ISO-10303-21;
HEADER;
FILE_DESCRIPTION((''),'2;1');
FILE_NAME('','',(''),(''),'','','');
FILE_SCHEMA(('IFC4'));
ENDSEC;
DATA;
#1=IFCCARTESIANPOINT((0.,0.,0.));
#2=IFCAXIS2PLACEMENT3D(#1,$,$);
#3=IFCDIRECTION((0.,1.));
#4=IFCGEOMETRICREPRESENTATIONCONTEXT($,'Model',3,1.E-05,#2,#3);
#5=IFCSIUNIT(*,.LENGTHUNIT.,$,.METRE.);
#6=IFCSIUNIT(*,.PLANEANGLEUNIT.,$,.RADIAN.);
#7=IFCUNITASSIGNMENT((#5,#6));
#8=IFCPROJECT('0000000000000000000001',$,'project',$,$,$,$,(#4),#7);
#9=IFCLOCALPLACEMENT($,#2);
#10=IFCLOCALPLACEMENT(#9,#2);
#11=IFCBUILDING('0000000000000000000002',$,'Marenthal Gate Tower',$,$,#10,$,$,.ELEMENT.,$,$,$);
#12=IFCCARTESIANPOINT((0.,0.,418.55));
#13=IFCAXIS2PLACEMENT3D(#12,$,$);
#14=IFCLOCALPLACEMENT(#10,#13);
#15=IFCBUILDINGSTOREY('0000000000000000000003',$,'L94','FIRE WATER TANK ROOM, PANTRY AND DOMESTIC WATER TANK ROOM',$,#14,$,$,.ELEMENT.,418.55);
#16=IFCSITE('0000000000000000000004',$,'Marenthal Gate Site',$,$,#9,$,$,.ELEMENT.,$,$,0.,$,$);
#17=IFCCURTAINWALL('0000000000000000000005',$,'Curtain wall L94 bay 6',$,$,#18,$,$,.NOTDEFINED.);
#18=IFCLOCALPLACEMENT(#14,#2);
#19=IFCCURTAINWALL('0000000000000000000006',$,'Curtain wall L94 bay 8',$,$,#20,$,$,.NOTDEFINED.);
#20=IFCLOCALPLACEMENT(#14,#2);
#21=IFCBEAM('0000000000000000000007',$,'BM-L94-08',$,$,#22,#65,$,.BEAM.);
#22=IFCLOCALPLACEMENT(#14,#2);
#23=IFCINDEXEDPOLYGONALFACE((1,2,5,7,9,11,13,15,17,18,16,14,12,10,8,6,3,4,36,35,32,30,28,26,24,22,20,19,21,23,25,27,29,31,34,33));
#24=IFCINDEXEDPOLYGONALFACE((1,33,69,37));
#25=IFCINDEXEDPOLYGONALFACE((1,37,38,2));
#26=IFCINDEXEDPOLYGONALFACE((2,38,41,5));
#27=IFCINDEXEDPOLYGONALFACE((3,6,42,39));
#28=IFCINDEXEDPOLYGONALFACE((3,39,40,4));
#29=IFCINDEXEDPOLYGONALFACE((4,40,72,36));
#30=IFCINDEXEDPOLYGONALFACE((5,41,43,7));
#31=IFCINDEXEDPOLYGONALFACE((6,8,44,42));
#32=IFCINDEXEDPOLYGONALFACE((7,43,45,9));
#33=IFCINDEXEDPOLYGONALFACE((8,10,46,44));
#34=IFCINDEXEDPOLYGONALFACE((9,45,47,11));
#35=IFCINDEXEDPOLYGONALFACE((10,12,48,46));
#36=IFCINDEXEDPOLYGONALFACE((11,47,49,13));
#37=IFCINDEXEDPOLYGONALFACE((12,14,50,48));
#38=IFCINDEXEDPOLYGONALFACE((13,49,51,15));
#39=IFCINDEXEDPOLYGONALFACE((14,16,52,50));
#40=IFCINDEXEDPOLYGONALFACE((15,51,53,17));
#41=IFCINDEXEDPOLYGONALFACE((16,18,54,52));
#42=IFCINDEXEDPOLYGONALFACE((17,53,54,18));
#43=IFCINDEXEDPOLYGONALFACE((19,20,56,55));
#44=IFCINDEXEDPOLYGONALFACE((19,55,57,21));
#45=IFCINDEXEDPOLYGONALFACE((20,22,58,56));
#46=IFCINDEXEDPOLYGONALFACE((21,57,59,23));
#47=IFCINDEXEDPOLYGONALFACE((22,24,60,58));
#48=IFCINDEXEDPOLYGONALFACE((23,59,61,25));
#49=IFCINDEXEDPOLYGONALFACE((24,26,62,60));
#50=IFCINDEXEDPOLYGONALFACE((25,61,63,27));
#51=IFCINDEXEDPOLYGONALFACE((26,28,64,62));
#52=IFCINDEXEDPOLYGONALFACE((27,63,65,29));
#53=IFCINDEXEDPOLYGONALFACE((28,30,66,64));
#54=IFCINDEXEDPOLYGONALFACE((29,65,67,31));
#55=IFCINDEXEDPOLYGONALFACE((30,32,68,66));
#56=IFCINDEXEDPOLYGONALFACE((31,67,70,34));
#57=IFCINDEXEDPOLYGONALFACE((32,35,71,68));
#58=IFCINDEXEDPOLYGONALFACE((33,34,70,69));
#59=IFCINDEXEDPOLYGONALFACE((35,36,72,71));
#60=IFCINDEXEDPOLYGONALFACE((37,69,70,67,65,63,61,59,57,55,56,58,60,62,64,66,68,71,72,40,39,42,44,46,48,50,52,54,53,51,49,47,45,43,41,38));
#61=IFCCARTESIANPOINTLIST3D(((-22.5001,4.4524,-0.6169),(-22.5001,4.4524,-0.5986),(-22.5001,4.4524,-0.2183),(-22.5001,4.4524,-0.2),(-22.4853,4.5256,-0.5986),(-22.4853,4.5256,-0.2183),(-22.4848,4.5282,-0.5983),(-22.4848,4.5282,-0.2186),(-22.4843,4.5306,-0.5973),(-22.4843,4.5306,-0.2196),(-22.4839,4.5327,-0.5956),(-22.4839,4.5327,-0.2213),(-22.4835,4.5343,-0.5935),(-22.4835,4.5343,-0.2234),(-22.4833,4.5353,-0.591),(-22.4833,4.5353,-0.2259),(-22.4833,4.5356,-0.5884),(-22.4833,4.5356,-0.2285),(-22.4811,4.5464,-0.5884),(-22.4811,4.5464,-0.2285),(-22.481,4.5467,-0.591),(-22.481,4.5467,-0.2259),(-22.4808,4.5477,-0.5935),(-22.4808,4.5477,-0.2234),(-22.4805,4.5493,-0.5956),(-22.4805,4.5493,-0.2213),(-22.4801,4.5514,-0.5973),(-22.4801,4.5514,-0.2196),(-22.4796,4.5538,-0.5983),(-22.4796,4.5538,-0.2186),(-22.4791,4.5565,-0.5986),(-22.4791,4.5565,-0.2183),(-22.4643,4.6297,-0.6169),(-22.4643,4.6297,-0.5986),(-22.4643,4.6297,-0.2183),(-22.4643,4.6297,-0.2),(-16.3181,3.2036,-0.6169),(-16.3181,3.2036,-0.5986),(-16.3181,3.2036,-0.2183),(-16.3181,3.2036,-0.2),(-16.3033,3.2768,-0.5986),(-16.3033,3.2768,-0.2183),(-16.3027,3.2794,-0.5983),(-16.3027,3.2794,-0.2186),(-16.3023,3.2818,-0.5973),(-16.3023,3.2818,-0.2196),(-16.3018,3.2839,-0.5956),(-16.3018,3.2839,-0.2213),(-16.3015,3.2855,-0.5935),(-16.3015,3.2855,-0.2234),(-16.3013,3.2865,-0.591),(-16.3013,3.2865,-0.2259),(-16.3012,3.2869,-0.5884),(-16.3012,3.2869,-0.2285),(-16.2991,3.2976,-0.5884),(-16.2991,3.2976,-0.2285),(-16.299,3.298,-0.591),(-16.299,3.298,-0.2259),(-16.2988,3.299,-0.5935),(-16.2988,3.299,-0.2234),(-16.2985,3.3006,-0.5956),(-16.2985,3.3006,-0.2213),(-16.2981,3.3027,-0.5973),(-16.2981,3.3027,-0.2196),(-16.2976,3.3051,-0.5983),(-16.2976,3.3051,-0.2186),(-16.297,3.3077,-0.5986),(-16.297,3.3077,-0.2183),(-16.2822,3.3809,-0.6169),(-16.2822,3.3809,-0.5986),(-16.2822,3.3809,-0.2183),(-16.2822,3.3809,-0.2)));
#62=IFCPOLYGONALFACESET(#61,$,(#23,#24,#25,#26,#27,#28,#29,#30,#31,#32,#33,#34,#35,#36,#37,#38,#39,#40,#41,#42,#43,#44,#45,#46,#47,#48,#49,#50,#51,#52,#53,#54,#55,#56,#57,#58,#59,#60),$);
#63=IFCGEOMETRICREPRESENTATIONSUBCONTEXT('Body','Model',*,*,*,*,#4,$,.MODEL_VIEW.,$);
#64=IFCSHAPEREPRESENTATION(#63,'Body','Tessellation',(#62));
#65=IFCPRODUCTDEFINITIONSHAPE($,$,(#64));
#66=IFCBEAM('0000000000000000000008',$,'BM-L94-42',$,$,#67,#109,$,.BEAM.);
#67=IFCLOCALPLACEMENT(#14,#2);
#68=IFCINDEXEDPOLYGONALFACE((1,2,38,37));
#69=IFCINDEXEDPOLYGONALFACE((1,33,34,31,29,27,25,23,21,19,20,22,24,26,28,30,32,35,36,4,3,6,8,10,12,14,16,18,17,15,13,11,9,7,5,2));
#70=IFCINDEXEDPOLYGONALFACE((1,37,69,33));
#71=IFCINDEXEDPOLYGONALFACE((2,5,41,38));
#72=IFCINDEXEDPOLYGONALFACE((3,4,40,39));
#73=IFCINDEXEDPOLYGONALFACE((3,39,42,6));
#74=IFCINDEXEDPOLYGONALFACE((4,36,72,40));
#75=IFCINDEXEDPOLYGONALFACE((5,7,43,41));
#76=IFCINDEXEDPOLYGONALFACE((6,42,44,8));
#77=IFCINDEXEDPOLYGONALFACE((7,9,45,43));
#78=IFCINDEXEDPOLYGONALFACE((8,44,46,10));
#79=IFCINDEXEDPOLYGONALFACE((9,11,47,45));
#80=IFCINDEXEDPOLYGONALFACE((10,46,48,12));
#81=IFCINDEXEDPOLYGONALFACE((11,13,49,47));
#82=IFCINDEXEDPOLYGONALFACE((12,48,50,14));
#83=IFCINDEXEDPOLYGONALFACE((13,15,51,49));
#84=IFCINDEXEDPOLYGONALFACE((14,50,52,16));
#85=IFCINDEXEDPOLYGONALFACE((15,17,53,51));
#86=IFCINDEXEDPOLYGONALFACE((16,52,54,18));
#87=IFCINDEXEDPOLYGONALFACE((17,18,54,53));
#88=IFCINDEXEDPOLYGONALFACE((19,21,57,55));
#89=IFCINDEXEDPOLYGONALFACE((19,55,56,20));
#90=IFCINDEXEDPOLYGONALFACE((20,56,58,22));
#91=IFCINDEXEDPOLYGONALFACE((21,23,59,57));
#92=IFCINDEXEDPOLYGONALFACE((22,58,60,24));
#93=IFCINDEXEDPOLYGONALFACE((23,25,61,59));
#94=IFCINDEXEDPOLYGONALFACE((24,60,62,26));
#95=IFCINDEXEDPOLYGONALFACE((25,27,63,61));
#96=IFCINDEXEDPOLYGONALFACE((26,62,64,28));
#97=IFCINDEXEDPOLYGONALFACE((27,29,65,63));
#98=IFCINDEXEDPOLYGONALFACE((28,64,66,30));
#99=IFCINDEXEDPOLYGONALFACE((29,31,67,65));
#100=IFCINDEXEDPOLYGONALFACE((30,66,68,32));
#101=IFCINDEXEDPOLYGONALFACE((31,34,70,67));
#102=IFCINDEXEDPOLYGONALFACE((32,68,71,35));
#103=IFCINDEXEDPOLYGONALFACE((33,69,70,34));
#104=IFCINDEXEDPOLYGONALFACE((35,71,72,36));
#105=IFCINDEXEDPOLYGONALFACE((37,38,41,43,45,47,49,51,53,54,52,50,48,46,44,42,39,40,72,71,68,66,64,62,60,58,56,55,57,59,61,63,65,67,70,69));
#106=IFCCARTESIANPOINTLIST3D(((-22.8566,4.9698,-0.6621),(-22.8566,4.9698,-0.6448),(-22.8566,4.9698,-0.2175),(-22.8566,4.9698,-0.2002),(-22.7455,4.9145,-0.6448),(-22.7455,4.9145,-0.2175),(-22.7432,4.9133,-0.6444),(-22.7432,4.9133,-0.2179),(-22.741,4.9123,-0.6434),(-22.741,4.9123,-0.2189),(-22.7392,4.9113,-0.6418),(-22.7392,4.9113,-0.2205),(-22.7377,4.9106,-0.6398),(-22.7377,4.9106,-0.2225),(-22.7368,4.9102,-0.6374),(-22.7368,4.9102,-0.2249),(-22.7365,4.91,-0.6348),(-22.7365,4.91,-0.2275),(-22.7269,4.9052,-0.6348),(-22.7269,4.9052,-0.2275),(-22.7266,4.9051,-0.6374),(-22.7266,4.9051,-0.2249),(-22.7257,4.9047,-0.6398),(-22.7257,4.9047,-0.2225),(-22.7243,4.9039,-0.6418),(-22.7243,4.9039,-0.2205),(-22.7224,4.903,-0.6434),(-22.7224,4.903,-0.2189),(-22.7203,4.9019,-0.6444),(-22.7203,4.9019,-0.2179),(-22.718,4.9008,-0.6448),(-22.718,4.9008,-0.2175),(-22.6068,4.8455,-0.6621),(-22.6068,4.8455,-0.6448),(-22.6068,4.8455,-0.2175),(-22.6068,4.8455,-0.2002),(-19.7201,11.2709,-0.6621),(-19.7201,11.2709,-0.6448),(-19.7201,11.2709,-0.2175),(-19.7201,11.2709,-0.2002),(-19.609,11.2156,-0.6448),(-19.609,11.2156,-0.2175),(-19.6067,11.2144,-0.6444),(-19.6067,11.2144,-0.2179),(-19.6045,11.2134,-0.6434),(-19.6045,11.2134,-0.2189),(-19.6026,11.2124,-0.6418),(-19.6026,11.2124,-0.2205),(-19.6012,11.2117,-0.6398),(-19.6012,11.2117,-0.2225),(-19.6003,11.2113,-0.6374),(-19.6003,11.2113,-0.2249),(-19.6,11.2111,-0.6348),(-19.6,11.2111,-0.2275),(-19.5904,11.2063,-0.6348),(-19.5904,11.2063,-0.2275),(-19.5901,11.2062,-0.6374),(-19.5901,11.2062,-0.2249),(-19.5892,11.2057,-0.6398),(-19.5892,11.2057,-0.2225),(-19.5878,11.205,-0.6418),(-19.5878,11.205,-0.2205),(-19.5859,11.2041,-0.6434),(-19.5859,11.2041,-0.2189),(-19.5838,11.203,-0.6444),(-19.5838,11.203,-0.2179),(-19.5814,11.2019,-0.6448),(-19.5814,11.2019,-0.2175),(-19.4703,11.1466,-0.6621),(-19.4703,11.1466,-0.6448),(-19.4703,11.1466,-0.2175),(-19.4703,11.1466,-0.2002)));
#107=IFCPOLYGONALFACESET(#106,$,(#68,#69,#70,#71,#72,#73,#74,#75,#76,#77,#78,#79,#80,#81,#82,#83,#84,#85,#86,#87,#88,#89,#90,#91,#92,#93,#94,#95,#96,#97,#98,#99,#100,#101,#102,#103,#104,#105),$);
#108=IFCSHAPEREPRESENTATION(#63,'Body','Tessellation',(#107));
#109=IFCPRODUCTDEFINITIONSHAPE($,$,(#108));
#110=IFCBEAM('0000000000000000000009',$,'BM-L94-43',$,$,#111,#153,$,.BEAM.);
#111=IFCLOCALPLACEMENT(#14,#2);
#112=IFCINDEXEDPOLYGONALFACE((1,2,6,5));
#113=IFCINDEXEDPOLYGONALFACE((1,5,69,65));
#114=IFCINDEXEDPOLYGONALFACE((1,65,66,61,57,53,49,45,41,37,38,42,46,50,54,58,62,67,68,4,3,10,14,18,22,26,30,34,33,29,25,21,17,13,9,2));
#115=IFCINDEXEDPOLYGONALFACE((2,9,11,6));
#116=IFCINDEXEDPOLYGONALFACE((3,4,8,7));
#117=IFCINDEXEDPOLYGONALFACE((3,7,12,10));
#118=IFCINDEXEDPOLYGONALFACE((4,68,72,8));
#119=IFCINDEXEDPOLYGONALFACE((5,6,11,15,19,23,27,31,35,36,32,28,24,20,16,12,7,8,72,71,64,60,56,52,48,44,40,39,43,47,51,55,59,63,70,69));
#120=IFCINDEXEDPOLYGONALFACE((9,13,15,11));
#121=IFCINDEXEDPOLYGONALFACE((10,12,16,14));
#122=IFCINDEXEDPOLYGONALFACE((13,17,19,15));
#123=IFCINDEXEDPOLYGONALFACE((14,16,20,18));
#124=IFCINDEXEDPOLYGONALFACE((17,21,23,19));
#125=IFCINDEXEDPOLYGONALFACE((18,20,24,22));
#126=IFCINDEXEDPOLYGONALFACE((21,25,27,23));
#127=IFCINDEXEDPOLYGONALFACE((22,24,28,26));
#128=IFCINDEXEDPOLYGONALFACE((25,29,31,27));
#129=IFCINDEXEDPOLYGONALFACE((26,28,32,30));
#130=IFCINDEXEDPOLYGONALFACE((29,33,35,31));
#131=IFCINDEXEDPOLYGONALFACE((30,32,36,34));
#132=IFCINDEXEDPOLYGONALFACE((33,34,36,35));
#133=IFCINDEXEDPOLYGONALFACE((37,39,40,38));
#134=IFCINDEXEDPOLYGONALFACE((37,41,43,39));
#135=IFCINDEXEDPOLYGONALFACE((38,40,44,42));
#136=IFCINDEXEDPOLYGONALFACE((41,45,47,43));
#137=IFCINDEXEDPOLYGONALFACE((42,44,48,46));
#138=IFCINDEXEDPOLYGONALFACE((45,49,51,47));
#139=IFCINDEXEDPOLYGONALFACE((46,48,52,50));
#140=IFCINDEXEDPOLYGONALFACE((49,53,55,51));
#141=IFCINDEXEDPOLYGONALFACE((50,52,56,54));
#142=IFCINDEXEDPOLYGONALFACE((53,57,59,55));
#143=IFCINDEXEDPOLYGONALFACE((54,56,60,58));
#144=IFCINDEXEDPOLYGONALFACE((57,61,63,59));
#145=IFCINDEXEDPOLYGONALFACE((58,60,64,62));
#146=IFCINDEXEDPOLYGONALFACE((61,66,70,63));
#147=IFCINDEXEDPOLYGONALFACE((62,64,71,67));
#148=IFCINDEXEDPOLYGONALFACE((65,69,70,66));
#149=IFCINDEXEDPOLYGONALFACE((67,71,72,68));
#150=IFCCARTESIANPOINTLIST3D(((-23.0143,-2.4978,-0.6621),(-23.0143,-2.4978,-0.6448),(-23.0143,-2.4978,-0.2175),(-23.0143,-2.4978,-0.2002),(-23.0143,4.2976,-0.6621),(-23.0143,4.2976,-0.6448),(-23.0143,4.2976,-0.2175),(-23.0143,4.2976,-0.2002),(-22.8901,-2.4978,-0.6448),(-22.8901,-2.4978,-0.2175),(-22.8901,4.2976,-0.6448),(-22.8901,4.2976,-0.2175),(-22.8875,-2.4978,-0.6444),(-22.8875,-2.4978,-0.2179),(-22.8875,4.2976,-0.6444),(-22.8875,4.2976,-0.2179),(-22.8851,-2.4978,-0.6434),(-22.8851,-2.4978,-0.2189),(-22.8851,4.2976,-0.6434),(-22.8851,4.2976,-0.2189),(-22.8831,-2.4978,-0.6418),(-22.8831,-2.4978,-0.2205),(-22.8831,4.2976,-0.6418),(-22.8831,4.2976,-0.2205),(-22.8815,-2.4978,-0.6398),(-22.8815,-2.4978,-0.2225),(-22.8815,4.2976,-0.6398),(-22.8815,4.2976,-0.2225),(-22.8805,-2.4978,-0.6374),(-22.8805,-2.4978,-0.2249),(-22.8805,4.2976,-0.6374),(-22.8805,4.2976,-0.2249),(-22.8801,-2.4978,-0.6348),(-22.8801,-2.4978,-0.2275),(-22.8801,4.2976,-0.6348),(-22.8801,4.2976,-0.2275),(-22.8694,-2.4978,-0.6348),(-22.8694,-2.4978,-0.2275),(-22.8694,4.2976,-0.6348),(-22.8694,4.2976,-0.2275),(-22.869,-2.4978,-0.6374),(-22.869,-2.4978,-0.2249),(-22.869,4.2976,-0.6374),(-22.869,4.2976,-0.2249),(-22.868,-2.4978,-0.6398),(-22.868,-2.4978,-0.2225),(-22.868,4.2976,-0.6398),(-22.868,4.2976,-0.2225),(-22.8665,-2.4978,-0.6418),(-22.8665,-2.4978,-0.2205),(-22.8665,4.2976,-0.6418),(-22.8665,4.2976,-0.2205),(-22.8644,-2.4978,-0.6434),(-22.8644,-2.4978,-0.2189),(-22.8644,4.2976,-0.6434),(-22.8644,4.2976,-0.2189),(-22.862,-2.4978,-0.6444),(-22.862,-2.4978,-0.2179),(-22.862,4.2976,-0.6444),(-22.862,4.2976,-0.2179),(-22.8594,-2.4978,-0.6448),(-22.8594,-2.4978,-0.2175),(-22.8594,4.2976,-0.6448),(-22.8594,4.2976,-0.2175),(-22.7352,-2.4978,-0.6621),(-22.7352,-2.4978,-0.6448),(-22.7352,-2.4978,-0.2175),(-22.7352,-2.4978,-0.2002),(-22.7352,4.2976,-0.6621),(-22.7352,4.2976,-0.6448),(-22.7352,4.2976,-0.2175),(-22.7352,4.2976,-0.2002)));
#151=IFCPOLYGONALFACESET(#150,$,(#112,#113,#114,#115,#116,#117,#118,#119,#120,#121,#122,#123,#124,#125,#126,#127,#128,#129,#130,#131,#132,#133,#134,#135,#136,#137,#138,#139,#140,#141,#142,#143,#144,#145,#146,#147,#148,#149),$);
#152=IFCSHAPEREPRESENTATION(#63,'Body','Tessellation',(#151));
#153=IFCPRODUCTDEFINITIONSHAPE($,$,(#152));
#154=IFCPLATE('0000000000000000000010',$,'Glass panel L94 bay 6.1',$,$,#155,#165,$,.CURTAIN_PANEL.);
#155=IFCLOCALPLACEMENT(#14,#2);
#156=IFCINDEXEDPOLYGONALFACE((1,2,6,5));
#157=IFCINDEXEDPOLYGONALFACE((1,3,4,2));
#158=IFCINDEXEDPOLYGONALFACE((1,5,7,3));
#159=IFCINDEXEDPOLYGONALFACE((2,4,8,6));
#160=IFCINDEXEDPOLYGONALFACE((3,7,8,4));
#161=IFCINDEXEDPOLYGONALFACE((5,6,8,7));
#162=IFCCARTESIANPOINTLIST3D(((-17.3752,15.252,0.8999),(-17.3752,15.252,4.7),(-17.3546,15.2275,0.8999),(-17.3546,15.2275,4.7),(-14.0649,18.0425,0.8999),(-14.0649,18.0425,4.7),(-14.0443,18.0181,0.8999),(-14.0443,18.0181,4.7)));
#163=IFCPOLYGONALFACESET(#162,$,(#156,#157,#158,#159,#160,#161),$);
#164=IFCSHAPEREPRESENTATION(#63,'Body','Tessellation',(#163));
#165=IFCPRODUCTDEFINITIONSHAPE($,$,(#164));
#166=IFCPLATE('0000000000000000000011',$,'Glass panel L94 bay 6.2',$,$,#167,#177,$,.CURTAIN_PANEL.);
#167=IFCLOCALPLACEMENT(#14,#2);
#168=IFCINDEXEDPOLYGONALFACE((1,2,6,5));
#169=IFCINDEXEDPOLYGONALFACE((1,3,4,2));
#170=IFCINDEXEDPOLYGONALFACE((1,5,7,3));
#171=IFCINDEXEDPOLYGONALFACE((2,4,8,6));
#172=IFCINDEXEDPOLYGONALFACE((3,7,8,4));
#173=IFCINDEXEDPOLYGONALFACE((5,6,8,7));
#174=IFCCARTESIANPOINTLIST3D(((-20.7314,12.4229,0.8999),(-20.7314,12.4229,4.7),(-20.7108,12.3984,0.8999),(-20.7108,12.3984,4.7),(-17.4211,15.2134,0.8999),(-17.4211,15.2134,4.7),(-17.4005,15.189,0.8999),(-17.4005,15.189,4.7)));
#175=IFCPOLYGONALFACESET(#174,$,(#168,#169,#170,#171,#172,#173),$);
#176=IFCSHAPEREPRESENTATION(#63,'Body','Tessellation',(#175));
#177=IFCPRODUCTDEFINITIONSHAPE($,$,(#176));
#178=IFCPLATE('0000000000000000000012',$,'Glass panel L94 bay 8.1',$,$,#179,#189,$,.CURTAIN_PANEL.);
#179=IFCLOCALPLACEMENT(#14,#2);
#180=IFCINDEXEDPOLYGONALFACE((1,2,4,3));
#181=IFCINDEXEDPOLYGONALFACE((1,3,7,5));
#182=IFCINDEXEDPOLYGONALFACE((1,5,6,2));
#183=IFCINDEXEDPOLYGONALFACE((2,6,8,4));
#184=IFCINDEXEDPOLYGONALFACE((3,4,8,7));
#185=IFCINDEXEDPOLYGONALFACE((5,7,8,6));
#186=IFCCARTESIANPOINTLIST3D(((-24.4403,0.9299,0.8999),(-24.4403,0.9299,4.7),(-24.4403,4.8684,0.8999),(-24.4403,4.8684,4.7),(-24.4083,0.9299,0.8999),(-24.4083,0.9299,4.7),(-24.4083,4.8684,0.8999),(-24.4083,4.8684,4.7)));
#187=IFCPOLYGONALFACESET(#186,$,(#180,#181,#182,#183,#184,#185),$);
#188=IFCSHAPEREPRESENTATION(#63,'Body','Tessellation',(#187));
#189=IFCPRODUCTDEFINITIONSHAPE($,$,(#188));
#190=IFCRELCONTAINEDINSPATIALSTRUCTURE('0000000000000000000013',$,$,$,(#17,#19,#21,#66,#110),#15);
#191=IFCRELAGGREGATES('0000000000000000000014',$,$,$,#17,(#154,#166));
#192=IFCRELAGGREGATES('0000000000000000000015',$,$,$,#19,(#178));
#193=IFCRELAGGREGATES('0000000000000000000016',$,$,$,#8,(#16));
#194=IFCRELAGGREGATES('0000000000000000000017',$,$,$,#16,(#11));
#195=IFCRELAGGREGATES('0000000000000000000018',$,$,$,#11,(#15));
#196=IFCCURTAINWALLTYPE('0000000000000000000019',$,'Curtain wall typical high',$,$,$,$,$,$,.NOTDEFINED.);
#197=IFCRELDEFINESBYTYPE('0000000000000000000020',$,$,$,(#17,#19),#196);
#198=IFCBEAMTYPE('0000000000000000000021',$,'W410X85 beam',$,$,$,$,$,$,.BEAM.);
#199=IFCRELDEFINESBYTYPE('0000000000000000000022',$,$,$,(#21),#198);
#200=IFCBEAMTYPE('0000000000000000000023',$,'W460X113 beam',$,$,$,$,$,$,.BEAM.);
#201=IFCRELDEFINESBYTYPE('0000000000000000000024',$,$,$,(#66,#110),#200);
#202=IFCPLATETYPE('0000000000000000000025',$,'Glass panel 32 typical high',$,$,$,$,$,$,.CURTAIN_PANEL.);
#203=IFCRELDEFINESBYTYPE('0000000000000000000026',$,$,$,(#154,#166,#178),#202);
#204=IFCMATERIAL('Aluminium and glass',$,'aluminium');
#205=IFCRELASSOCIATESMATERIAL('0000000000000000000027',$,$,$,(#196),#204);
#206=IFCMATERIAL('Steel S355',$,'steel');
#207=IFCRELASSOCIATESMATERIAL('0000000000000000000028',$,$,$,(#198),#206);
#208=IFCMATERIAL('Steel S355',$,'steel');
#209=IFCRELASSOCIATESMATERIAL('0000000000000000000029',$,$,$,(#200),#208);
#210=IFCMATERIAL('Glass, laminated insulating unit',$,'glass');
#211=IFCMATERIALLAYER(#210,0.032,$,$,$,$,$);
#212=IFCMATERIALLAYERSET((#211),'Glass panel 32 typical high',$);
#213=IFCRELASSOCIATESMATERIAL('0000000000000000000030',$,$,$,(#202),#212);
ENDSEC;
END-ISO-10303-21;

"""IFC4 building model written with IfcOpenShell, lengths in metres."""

from ifc_helpers import new_model, si_unit, direction, frame, origin, origin_2d, place, context, subcontext, project, spatial, rectangle, i_section, extrude, material, layer, layer_set, material_profile, profile_set, type_object, element, aggregate, save


model = new_model("IFC4")

# Units and contexts
model_context = context("Model", 3, precision=1e-05, world=origin(), true_north=direction((0.0, 1.0)))
body_context = subcontext(model_context, "Body", "Model", "MODEL_VIEW")
ifc_project = project(units=[si_unit("LENGTHUNIT", "METRE"), si_unit("PLANEANGLEUNIT", "RADIAN")], contexts=[model_context])

# Site, building, storey
site_placement = place(None, origin())
site = spatial("IfcSite", under=ifc_project, at=site_placement, Name="Marenthal Gate Site", CompositionType="ELEMENT", RefElevation=0.0)
building_placement = place(site_placement, origin())
building = spatial("IfcBuilding", under=site, at=building_placement, Name="Marenthal Gate Tower", CompositionType="ELEMENT")
storey_placement = place(building_placement, frame((0.0, 0.0, 418.55)))
storey = spatial("IfcBuildingStorey", under=building, at=storey_placement, Name="L94", Description="FIRE WATER TANK ROOM, PANTRY AND DOMESTIC WATER TANK ROOM", CompositionType="ELEMENT", Elevation=418.55)

# Curtain walls
ifc_material_1 = material(Name="Aluminium and glass", Category="aluminium")
curtain_wall_type_1 = type_object("IfcCurtainWallType", Name="Curtain wall typical high", PredefinedType="NOTDEFINED", material=ifc_material_1)
curtain_wall_1_placement = place(storey_placement, origin())
curtain_wall_1 = element("IfcCurtainWall", 1, at=curtain_wall_1_placement, inside=storey, type_object=curtain_wall_type_1, Name="Curtain wall L94 bay 6", PredefinedType="NOTDEFINED")
curtain_wall_2_placement = place(storey_placement, origin())
curtain_wall_2 = element("IfcCurtainWall", 2, at=curtain_wall_2_placement, inside=storey, type_object=curtain_wall_type_1, Name="Curtain wall L94 bay 8", PredefinedType="NOTDEFINED")

# Beams
ifc_material_2 = material(Name="Steel S355", Category="steel")
ifc_material_profile_1 = material_profile(ifc_material_2, i_section(OverallWidth=0.1809, OverallDepth=0.417, WebThickness=0.011, FlangeThickness=0.0183, FilletRadius=0.0103, at=origin_2d()), Name="W410X85")
ifc_profile_set_1 = profile_set([ifc_material_profile_1], Name="Steel S355")
beam_type_1 = type_object("IfcBeamType", Name="W410X85 beam", PredefinedType="BEAM", material=ifc_profile_set_1)
beam_1_placement = place(storey_placement, frame((-22.4822, 4.541, -0.4084), z_axis=(0.980202, -0.197999, 0.0), x_axis=(0.197999, 0.980202, 0.0)))
element("IfcBeam", 3, at=beam_1_placement, inside=storey, type_object=beam_type_1, Name="BM-L94-08", PredefinedType="BEAM", context=body_context, shape_type="SweptSolid", body=[
    extrude(i_section(OverallWidth=0.1809, OverallDepth=0.417, WebThickness=0.011, FlangeThickness=0.0183, FilletRadius=0.0103, at=origin_2d()), origin(), (0.0, 0.0, 1.0), 6.3069),
])
ifc_material_3 = material(Name="Steel S355", Category="steel")
ifc_material_profile_2 = material_profile(ifc_material_3, i_section(OverallWidth=0.2791, OverallDepth=0.4619, WebThickness=0.0107, FlangeThickness=0.0173, FilletRadius=0.01, at=origin_2d()), Name="W460X113")
ifc_profile_set_2 = profile_set([ifc_material_profile_2], Name="Steel S355")
beam_type_2 = type_object("IfcBeamType", Name="W460X113 beam", PredefinedType="BEAM", material=ifc_profile_set_2)
beam_2_placement = place(storey_placement, frame((-19.5952, 11.2087, -0.4312), z_axis=(-0.445617, -0.895224, 0.0), x_axis=(0.895224, -0.445617, 0.0)))
element("IfcBeam", 4, at=beam_2_placement, inside=storey, type_object=beam_type_2, Name="BM-L94-42", PredefinedType="BEAM", context=body_context, shape_type="SweptSolid", body=[
    extrude(i_section(OverallWidth=0.2791, OverallDepth=0.4619, WebThickness=0.0107, FlangeThickness=0.0173, FilletRadius=0.01, at=origin_2d()), origin(), (0.0, 0.0, 1.0), 7.0386),
])
beam_3_placement = place(storey_placement, frame((-22.8748, 4.2976, -0.4312), z_axis=(0.0, -1.0, 0.0), x_axis=(1.0, 0.0, 0.0)))
element("IfcBeam", 5, at=beam_3_placement, inside=storey, type_object=beam_type_2, Name="BM-L94-43", PredefinedType="BEAM", context=body_context, shape_type="SweptSolid", body=[
    extrude(i_section(OverallWidth=0.2791, OverallDepth=0.4619, WebThickness=0.0107, FlangeThickness=0.0173, FilletRadius=0.01, at=origin_2d()), origin(), (0.0, 0.0, 1.0), 6.7954),
])

# Plates
ifc_material_4 = material(Name="Glass, laminated insulating unit", Category="glass")
ifc_layer_1 = layer(ifc_material_4, 0.032)
ifc_layer_set_1 = layer_set([ifc_layer_1], Name="Glass panel 32 typical high")
plate_type_1 = type_object("IfcPlateType", Name="Glass panel 32 typical high", PredefinedType="CURTAIN_PANEL", material=ifc_layer_set_1)
plate_1_placement = place(storey_placement, frame((-15.7097, 16.635, 0.8999), z_axis=(0.0, 0.0, 1.0), x_axis=(-0.764578, -0.644531, 0.0)))
plate_1 = element("IfcPlate", 6, at=plate_1_placement, type_object=plate_type_1, Name="Glass panel L94 bay 6.1", PredefinedType="CURTAIN_PANEL", context=body_context, shape_type="SweptSolid", body=[
    extrude(rectangle(XDim=4.3296, YDim=0.032, at=origin_2d()), origin(), (0.0, 0.0, 1.0), 3.8),
])
plate_2_placement = place(storey_placement, frame((-19.0659, 13.8059, 0.8999), z_axis=(0.0, 0.0, 1.0), x_axis=(-0.764578, -0.644531, 0.0)))
plate_2 = element("IfcPlate", 7, at=plate_2_placement, type_object=plate_type_1, Name="Glass panel L94 bay 6.2", PredefinedType="CURTAIN_PANEL", context=body_context, shape_type="SweptSolid", body=[
    extrude(rectangle(XDim=4.3296, YDim=0.032, at=origin_2d()), origin(), (0.0, 0.0, 1.0), 3.8),
])
aggregate(curtain_wall_1, [plate_1, plate_2])
plate_3_placement = place(storey_placement, frame((-24.4243, 2.8992, 0.8999), z_axis=(0.0, 0.0, 1.0), x_axis=(0.0, -1.0, 0.0)))
plate_3 = element("IfcPlate", 8, at=plate_3_placement, type_object=plate_type_1, Name="Glass panel L94 bay 8.1", PredefinedType="CURTAIN_PANEL", context=body_context, shape_type="SweptSolid", body=[
    extrude(rectangle(XDim=3.9385, YDim=0.032, at=origin_2d()), origin(), (0.0, 0.0, 1.0), 3.8),
])
aggregate(curtain_wall_2, [plate_3])

save(model, "model.ifc")
